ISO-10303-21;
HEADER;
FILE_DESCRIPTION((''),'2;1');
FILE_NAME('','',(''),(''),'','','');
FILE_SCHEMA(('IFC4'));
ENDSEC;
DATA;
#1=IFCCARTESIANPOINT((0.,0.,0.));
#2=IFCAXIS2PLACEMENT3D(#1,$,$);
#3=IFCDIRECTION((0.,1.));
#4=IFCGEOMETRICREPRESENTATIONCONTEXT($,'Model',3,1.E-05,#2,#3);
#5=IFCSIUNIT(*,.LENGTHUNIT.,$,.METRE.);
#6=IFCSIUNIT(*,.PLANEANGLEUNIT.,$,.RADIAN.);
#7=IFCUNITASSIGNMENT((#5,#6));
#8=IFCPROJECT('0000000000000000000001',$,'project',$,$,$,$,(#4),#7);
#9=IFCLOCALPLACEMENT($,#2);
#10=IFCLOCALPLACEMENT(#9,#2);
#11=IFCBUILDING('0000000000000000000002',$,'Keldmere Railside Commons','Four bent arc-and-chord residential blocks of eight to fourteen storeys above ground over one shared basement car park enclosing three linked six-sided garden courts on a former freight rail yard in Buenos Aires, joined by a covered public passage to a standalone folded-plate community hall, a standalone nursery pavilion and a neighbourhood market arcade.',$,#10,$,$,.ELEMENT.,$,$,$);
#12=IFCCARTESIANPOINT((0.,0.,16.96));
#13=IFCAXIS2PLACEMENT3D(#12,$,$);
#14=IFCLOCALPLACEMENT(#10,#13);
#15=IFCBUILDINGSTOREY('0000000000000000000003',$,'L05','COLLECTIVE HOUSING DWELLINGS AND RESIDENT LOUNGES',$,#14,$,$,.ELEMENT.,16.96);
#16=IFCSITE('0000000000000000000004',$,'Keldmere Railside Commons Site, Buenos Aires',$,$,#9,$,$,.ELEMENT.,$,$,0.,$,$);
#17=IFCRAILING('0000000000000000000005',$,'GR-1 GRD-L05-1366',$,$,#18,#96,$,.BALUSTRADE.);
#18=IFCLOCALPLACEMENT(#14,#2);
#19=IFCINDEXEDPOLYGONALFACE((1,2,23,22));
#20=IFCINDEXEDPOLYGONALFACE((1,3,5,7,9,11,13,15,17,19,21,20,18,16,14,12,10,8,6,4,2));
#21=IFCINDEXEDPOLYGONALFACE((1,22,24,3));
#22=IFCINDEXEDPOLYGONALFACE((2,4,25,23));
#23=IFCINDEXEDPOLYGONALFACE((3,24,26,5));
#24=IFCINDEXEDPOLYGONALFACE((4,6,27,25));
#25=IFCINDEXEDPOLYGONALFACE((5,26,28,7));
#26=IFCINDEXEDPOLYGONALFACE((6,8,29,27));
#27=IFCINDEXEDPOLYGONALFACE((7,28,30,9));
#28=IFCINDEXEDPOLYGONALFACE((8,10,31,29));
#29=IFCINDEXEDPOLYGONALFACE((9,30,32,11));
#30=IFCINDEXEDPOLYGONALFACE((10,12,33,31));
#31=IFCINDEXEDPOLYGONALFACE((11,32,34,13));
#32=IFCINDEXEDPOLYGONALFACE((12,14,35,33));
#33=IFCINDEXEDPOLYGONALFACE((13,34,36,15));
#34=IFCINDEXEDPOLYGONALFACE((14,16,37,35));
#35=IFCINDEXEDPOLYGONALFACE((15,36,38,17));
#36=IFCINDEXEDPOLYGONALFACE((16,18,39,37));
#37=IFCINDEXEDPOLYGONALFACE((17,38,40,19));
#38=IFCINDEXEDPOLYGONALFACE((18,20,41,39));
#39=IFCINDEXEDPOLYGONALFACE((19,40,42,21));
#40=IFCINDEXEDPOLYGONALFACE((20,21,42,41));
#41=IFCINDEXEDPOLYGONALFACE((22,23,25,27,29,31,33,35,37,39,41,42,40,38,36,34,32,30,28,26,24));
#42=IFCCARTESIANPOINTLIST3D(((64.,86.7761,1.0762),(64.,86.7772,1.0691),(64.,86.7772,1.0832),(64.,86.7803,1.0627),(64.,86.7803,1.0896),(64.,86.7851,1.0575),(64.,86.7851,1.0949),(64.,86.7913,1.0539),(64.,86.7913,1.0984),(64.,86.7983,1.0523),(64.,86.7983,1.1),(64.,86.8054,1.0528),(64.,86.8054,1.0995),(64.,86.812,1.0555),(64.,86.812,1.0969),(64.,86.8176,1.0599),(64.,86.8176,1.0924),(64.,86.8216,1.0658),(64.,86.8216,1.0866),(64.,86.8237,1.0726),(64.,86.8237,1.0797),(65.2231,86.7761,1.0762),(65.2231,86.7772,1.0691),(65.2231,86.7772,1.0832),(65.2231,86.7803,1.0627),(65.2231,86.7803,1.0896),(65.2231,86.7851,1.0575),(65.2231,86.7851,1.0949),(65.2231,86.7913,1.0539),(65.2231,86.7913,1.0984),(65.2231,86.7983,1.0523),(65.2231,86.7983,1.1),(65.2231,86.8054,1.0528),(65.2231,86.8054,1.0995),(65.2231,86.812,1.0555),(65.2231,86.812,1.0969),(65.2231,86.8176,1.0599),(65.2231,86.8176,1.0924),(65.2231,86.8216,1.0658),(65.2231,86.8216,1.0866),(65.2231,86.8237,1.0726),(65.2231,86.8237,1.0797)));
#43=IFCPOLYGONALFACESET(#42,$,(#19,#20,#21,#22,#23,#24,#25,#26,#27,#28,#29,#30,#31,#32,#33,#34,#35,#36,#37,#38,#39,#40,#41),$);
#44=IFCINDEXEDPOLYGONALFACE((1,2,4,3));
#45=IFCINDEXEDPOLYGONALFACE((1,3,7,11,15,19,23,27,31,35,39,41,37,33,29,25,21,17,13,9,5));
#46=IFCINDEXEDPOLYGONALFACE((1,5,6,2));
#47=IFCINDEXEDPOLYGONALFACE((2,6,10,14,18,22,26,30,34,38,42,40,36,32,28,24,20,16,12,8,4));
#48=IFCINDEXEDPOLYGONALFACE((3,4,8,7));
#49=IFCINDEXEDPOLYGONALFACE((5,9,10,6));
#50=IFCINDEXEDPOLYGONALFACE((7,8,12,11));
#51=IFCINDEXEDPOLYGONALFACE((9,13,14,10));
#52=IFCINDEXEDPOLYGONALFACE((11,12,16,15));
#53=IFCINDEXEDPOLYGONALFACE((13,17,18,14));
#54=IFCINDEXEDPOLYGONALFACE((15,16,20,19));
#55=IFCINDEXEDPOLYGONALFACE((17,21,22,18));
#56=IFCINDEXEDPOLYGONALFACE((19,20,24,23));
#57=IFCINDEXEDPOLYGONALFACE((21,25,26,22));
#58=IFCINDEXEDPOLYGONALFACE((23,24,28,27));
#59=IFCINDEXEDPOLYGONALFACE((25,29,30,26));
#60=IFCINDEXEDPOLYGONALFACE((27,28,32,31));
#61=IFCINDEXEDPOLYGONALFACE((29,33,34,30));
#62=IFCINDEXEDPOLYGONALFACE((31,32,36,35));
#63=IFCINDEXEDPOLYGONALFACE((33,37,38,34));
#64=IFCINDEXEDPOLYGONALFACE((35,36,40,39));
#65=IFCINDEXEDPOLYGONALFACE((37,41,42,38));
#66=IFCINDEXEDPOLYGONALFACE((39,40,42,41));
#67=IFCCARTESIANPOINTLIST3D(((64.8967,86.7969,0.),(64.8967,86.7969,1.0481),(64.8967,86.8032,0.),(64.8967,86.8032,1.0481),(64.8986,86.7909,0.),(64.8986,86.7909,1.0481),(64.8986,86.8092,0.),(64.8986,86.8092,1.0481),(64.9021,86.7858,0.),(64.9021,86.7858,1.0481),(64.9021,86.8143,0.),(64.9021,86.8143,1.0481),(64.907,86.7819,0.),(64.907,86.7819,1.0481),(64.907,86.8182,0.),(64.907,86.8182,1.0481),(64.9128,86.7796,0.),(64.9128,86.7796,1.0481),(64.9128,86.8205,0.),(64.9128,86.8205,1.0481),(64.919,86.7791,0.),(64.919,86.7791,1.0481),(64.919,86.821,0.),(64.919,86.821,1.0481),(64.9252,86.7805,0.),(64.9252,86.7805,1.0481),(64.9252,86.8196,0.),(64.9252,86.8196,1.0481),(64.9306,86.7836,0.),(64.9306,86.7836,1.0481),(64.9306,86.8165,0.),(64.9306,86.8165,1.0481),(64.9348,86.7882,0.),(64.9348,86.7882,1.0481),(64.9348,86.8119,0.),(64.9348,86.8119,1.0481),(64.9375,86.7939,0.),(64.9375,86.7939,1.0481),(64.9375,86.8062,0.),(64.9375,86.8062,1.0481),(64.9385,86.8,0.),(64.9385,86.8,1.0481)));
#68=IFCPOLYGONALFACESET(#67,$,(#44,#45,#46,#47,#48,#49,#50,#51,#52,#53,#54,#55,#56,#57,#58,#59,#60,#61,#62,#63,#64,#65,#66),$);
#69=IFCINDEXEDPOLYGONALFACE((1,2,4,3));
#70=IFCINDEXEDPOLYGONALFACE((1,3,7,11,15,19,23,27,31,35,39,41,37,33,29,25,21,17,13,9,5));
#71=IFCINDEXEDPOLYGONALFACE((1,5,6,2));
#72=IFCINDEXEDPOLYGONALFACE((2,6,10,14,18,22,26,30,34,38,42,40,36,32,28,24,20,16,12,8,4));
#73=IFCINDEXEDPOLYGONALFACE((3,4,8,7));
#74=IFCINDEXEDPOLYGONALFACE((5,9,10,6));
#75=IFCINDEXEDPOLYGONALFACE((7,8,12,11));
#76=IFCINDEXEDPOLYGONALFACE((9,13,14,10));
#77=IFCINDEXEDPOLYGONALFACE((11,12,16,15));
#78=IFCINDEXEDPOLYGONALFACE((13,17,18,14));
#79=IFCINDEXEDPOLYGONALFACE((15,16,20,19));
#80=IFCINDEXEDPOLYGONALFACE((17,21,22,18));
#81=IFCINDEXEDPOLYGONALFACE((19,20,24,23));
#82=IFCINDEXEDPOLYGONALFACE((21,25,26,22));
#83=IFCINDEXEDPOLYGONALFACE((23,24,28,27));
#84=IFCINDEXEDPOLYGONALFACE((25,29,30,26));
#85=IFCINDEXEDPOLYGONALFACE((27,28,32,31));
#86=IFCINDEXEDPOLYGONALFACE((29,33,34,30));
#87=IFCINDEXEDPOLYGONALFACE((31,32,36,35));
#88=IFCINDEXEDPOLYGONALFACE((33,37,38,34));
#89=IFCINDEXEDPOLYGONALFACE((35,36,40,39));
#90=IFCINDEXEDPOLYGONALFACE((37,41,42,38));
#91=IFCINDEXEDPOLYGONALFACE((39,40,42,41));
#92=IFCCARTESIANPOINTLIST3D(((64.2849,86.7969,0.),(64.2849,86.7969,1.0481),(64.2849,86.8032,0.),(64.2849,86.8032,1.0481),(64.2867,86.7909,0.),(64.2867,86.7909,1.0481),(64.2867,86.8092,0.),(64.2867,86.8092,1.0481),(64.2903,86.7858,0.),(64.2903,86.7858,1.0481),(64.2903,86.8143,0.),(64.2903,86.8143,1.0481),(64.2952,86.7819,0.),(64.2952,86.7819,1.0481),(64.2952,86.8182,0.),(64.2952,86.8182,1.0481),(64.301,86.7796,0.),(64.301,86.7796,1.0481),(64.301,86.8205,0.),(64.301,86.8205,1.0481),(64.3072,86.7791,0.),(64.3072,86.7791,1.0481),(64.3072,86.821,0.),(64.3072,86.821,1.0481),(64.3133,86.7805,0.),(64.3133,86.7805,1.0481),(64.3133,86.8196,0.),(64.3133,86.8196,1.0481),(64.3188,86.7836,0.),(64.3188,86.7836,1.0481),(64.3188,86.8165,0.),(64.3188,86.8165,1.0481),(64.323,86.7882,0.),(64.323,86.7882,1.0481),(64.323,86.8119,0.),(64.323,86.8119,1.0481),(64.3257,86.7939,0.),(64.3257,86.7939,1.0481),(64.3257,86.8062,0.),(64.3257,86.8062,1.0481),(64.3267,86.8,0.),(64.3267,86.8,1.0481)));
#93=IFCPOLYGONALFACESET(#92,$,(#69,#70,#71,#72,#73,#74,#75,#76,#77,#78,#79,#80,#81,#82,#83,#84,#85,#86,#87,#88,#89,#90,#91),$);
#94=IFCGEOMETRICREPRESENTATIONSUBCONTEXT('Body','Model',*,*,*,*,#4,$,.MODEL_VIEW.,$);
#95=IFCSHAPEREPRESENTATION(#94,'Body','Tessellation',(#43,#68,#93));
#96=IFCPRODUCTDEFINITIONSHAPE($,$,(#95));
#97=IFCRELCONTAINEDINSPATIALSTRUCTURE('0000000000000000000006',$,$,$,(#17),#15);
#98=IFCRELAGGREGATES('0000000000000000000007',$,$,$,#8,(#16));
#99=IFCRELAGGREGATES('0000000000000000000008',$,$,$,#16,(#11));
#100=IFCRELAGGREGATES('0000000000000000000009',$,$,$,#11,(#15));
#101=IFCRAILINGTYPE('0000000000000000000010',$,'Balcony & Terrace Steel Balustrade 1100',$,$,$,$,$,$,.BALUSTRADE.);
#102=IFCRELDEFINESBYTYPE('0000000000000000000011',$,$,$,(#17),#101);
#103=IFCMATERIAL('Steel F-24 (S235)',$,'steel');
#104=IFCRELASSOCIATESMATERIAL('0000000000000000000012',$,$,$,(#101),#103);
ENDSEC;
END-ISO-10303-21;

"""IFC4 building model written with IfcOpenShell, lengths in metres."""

from ifc_helpers import new_model, si_unit, direction, frame, origin, origin_2d, place, context, subcontext, project, spatial, circle, extrude, material, type_object, element, save


model = new_model("IFC4")

# Units and contexts
model_context = context("Model", 3, precision=1e-05, world=origin(), true_north=direction((0.0, 1.0)))
body_context = subcontext(model_context, "Body", "Model", "MODEL_VIEW")
ifc_project = project(units=[si_unit("LENGTHUNIT", "METRE"), si_unit("PLANEANGLEUNIT", "RADIAN")], contexts=[model_context])

# Site, building, storey
site_placement = place(None, origin())
site = spatial("IfcSite", under=ifc_project, at=site_placement, Name="Keldmere Railside Commons Site, Buenos Aires", CompositionType="ELEMENT", RefElevation=0.0)
building_placement = place(site_placement, origin())
building = spatial("IfcBuilding", under=site, at=building_placement, Name="Keldmere Railside Commons", Description="Four bent arc-and-chord residential blocks of eight to fourteen storeys above ground over one shared basement car park enclosing three linked six-sided garden courts on a former freight rail yard in Buenos Aires, joined by a covered public passage to a standalone folded-plate community hall, a standalone nursery pavilion and a neighbourhood market arcade.", CompositionType="ELEMENT")
storey_placement = place(building_placement, frame((0.0, 0.0, 16.96)))
storey = spatial("IfcBuildingStorey", under=building, at=storey_placement, Name="L05", Description="COLLECTIVE HOUSING DWELLINGS AND RESIDENT LOUNGES", CompositionType="ELEMENT", Elevation=16.96)

# Railing
ifc_material_1 = material(Name="Steel F-24 (S235)", Category="steel")
railing_type = type_object("IfcRailingType", Name="Balcony & Terrace Steel Balustrade 1100", PredefinedType="BALUSTRADE", material=ifc_material_1)
railing_placement = place(storey_placement, frame((65.2231, 86.8, 0.0)))
element("IfcRailing", 1, at=railing_placement, inside=storey, type_object=railing_type, Name="GR-1 GRD-L05-1366", PredefinedType="BALUSTRADE", context=body_context, shape_type="SweptSolid", body=[
    extrude(circle(Radius=0.0239, at=origin_2d()), frame((0.0, 0.0, 1.0762), z_axis=(-1.0, 0.0, 0.0), x_axis=(0.0, -1.0, 0.0)), (0.0, 0.0, 1.0), 1.2231),
    extrude(circle(Radius=0.021, at=origin_2d()), frame((-0.3057, 0.0, 0.0)), (0.0, 0.0, 1.0), 1.0481),
    extrude(circle(Radius=0.021, at=origin_2d()), frame((-0.9175, 0.0, 0.0)), (0.0, 0.0, 1.0), 1.0481),
])

save(model, "model.ifc")
